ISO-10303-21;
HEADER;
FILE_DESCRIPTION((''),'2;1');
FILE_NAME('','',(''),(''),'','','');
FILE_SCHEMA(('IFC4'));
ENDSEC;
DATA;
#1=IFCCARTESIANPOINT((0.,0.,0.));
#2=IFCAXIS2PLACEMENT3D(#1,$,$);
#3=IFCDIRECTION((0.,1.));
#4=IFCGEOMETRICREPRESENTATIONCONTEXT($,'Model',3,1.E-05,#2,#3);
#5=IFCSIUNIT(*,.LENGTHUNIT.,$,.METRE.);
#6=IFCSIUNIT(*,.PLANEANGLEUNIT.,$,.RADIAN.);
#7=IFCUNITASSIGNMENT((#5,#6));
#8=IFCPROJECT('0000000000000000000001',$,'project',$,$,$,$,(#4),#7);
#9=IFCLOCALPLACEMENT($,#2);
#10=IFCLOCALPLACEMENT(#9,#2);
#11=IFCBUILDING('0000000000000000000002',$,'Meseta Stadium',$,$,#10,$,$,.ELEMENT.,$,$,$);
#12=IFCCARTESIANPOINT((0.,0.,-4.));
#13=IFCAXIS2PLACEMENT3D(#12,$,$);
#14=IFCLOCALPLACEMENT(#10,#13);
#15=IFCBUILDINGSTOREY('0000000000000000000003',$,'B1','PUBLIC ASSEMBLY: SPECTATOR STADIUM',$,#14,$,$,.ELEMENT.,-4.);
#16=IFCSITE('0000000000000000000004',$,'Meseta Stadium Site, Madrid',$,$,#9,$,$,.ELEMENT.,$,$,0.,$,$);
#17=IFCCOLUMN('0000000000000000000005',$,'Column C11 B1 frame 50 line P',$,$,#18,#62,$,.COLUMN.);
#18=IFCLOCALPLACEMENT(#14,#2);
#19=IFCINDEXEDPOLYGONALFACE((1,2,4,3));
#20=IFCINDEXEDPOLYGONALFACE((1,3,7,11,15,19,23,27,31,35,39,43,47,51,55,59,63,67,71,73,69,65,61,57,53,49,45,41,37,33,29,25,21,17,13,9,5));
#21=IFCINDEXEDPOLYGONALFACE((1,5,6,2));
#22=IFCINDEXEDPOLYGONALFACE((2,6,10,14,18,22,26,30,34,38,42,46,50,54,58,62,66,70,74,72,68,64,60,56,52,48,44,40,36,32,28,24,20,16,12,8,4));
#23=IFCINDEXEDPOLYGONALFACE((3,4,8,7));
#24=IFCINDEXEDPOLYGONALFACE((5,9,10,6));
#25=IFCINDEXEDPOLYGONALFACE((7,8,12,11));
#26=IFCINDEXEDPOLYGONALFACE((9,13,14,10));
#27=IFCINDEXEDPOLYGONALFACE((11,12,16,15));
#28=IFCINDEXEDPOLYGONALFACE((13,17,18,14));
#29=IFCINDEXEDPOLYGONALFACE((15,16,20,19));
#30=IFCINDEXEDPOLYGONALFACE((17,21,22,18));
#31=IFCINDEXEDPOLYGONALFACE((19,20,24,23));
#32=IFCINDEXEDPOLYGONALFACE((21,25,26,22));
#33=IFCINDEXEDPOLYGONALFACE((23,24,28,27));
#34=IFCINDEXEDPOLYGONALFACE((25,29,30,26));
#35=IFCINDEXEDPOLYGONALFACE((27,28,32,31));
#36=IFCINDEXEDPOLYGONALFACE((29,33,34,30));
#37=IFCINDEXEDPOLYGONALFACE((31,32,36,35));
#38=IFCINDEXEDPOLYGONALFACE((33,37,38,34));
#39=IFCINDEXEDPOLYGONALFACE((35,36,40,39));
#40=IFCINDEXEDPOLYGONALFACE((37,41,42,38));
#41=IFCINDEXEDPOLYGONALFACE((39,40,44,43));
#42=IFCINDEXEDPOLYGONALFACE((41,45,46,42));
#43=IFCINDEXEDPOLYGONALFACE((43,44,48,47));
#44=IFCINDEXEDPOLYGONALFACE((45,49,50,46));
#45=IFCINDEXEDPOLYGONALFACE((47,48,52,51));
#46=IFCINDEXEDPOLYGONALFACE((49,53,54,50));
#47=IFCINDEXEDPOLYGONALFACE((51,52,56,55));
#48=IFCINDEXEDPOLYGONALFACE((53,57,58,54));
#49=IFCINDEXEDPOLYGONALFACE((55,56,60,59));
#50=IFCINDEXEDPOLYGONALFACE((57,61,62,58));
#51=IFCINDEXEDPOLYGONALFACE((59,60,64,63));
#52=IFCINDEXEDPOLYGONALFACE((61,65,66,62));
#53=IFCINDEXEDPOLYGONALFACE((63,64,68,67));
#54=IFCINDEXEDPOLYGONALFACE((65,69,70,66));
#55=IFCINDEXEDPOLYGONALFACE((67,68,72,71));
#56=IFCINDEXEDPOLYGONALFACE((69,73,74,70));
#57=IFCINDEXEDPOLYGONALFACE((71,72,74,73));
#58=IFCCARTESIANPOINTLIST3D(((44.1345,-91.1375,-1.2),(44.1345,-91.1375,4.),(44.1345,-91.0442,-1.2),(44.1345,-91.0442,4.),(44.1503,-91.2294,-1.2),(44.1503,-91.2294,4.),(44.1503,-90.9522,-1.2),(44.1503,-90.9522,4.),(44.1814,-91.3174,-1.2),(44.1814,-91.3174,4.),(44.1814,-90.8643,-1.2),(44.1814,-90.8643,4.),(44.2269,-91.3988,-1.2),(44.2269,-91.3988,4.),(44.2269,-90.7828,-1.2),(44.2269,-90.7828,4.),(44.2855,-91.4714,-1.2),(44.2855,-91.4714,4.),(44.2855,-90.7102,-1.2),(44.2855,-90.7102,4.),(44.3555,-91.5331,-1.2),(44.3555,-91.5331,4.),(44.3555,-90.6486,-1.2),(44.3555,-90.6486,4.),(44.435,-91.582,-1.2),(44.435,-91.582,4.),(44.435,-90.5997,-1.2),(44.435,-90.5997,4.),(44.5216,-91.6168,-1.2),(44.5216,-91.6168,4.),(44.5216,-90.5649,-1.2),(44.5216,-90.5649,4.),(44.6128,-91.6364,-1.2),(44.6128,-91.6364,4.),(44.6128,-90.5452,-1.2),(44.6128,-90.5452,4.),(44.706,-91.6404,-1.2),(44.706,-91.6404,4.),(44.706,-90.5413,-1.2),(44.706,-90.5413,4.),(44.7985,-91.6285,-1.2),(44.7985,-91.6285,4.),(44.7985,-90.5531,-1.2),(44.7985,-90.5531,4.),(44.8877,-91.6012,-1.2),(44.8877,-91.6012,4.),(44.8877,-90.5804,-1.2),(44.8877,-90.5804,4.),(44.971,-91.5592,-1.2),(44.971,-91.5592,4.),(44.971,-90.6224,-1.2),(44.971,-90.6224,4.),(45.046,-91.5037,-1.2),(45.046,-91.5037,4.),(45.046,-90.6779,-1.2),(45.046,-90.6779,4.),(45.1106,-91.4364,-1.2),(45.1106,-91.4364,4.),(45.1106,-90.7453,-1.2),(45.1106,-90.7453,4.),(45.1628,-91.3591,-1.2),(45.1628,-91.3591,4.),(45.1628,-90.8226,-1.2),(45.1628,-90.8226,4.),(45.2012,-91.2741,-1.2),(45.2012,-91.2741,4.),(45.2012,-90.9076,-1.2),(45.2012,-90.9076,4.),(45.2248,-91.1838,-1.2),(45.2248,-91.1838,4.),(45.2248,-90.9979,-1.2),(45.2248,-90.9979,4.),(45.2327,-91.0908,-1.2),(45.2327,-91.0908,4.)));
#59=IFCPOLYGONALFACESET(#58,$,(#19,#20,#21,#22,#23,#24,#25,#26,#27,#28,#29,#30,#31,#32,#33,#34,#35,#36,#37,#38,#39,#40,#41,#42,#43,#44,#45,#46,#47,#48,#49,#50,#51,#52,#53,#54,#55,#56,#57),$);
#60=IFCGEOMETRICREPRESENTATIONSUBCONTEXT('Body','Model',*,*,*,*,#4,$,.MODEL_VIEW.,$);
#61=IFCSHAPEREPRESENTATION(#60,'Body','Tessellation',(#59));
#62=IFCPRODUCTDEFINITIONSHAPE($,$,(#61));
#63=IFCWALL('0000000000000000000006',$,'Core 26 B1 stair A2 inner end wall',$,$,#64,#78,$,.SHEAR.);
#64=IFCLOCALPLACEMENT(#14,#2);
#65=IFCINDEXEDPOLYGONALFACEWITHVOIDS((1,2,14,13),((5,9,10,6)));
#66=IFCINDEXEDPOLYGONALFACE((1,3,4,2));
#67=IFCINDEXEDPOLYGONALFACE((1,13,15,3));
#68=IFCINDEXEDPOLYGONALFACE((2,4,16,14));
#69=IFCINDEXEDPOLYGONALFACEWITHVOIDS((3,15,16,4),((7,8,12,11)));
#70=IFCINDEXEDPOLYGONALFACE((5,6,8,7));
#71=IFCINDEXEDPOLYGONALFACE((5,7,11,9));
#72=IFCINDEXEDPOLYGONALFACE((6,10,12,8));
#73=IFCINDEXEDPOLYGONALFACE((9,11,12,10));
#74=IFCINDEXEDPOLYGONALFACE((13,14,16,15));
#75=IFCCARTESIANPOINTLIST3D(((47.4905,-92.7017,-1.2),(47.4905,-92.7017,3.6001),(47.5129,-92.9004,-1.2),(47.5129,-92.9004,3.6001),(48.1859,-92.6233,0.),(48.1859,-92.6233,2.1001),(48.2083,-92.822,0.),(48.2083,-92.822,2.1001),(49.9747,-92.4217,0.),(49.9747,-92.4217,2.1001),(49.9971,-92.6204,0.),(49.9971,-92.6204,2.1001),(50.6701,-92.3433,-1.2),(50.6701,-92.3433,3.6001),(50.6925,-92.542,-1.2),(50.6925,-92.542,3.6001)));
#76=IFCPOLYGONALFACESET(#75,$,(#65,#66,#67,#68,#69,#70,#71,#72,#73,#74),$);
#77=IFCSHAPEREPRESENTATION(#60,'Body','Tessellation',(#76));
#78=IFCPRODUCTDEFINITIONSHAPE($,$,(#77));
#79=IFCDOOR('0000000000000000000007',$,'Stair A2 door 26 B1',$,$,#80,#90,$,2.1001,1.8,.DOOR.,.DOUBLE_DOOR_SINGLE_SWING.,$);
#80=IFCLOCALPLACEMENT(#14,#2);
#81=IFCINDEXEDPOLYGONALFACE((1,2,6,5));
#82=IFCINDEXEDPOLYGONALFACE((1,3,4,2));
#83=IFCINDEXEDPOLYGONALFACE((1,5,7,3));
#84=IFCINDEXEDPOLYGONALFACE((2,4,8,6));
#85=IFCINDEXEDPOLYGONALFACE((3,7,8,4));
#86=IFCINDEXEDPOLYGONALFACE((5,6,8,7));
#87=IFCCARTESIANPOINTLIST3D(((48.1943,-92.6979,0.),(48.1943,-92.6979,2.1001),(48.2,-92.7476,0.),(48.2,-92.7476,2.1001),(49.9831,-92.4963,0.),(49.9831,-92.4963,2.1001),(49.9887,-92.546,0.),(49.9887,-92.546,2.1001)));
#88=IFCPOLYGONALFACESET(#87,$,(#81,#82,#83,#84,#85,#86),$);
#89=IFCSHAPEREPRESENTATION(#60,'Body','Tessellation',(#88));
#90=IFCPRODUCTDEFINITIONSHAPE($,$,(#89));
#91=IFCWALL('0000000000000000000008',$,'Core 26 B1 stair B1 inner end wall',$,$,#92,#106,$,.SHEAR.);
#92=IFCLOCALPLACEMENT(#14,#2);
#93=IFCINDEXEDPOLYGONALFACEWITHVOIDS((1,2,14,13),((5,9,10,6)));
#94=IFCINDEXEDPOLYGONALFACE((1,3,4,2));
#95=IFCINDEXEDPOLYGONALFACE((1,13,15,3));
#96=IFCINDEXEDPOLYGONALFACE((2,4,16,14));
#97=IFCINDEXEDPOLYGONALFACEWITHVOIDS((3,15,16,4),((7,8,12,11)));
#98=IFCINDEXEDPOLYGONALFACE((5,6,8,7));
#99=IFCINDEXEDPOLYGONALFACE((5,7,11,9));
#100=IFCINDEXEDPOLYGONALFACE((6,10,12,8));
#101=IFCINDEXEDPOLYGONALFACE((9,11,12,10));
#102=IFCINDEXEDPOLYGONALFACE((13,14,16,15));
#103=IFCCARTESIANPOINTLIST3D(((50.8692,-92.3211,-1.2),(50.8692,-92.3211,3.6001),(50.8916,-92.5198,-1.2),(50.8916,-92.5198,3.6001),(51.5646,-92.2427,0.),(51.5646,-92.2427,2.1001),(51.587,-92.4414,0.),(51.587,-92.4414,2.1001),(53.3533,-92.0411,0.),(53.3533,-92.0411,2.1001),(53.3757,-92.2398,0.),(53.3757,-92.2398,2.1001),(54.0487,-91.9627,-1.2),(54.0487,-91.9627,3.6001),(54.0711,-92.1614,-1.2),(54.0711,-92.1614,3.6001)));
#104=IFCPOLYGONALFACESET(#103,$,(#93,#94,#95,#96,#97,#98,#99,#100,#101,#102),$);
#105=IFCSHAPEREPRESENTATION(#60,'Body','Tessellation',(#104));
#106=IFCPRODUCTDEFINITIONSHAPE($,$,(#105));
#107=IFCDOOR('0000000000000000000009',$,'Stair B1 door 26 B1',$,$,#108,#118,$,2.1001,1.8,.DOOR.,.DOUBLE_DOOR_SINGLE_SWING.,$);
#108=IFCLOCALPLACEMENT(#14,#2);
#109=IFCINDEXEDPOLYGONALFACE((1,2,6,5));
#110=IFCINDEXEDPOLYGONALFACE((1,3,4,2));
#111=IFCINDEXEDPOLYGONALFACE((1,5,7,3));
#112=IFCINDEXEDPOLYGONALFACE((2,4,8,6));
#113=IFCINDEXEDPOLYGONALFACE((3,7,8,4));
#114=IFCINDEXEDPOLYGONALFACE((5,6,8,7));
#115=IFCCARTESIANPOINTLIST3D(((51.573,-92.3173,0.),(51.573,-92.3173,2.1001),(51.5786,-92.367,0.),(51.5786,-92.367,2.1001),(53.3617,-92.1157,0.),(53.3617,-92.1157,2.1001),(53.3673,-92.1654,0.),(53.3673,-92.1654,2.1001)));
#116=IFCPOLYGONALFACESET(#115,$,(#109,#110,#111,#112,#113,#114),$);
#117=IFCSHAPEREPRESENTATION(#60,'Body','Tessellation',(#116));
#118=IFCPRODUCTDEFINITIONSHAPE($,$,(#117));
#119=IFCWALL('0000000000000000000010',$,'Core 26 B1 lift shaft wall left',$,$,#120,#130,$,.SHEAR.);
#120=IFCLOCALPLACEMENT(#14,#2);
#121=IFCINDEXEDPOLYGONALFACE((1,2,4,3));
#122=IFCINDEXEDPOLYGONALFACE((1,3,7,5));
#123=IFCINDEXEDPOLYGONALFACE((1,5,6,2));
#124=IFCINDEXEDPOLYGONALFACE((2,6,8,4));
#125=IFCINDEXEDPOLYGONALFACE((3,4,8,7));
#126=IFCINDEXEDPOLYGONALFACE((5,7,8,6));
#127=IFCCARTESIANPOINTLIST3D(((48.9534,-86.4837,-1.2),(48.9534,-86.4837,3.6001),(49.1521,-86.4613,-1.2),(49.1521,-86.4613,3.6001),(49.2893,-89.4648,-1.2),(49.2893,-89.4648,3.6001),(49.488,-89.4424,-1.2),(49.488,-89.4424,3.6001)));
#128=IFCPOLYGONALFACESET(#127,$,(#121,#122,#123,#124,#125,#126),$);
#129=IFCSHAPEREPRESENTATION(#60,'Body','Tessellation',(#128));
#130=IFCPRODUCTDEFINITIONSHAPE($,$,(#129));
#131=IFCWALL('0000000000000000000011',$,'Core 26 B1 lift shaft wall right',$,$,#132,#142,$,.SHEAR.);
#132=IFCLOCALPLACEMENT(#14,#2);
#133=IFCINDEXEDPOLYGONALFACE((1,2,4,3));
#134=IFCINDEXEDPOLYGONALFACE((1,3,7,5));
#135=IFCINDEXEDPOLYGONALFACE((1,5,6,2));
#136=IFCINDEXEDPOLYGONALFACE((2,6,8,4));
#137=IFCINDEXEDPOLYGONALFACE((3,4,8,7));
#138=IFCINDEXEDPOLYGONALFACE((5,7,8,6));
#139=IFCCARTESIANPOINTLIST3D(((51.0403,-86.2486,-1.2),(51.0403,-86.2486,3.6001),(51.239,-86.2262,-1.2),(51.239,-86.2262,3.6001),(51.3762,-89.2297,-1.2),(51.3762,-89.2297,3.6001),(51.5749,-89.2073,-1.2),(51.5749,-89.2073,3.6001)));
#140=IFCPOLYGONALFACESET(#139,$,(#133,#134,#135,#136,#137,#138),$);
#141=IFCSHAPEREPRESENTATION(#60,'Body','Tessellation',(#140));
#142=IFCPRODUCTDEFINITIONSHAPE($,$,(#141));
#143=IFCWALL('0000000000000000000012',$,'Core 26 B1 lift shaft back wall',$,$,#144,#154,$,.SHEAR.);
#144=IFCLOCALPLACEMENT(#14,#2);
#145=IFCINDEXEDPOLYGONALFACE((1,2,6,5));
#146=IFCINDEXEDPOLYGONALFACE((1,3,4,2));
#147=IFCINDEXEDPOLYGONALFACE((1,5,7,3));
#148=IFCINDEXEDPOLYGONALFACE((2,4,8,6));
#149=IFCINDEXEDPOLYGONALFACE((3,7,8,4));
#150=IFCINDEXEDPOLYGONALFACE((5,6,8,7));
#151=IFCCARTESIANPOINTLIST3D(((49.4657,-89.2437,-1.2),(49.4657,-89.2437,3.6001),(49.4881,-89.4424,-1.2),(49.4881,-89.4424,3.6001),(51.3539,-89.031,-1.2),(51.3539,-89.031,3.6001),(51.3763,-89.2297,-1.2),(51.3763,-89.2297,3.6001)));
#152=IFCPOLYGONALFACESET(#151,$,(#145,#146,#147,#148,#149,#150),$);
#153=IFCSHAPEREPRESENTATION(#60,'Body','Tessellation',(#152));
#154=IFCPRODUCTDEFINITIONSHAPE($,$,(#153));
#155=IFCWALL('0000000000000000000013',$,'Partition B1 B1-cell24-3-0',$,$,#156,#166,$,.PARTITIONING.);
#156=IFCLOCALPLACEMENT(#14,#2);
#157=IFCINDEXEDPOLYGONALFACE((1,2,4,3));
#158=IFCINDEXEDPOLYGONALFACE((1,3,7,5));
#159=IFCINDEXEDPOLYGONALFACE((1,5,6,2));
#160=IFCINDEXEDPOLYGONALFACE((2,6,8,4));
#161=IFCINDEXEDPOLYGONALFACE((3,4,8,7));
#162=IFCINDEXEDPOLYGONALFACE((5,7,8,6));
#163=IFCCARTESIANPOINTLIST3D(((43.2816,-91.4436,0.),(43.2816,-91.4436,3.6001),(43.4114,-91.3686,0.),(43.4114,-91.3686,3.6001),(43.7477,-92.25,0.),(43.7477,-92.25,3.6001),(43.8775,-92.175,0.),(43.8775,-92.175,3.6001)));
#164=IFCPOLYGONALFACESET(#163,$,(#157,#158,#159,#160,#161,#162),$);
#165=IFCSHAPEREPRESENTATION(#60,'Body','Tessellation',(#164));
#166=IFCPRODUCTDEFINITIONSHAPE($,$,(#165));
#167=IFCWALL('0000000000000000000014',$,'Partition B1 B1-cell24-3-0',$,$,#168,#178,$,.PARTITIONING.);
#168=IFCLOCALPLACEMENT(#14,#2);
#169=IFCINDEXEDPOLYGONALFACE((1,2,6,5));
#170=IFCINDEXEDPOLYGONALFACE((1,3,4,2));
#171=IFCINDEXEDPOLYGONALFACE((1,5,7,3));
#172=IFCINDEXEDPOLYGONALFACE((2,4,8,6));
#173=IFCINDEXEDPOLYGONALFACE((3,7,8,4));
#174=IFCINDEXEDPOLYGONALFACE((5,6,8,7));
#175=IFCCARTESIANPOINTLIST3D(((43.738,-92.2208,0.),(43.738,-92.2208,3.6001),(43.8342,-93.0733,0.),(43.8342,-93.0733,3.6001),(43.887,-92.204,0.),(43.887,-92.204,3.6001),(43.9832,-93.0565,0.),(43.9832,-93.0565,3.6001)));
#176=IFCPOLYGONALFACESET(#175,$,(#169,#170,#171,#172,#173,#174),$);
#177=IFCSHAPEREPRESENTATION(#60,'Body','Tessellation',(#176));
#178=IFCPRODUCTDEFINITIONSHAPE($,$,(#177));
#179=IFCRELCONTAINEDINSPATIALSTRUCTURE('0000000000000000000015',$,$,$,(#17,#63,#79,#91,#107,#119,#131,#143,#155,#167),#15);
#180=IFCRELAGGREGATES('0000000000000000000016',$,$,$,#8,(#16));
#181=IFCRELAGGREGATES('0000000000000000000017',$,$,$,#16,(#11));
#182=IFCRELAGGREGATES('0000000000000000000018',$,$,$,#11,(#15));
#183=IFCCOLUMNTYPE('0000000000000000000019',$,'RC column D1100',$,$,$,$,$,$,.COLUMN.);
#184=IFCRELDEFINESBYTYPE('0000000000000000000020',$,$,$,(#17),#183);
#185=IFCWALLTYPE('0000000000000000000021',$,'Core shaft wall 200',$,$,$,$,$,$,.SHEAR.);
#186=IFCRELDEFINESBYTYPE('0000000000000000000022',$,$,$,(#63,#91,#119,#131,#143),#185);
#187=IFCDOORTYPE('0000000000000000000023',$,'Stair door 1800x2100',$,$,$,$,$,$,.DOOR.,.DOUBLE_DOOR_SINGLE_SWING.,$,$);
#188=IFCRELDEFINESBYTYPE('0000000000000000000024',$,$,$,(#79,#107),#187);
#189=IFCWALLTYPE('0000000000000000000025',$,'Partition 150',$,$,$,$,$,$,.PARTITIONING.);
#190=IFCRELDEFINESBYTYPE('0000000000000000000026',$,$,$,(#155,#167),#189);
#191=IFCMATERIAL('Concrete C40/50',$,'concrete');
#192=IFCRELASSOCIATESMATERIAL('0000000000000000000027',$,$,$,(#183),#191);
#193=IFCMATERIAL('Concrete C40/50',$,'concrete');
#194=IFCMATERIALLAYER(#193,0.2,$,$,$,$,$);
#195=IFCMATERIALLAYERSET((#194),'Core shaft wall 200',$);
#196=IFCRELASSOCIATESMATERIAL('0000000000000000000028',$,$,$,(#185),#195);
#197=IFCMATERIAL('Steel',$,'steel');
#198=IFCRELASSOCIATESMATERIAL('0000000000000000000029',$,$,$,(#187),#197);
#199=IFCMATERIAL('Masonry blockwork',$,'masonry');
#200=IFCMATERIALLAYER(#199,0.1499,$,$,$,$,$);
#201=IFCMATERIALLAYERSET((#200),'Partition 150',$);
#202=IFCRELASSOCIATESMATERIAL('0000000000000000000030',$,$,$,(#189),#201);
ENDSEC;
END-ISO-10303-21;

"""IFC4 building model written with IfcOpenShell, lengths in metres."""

from ifc_helpers import new_model, si_unit, direction, frame, frame_2d, origin, origin_2d, place, context, subcontext, project, spatial, rectangle, circle, extrude, material, layer, layer_set, material_profile, profile_set, type_object, element, fill, save


model = new_model("IFC4")

# Units and contexts
model_context = context("Model", 3, precision=1e-05, world=origin(), true_north=direction((0.0, 1.0)))
body_context = subcontext(model_context, "Body", "Model", "MODEL_VIEW")
ifc_project = project(units=[si_unit("LENGTHUNIT", "METRE"), si_unit("PLANEANGLEUNIT", "RADIAN")], contexts=[model_context])

# Site, building, storey
site_placement = place(None, origin())
site = spatial("IfcSite", under=ifc_project, at=site_placement, Name="Meseta Stadium Site, Madrid", CompositionType="ELEMENT", RefElevation=0.0)
building_placement = place(site_placement, origin())
building = spatial("IfcBuilding", under=site, at=building_placement, Name="Meseta Stadium", CompositionType="ELEMENT")
storey_placement = place(building_placement, frame((0.0, 0.0, -4.0)))
storey = spatial("IfcBuildingStorey", under=building, at=storey_placement, Name="B1", Description="PUBLIC ASSEMBLY: SPECTATOR STADIUM", CompositionType="ELEMENT", Elevation=-4.0)

# Column
ifc_material_1 = material(Name="Concrete C40/50", Category="concrete")
ifc_material_profile = material_profile(ifc_material_1, circle(Radius=0.55, at=origin_2d()), Name="RC D1100")
ifc_profile_set = profile_set([ifc_material_profile], Name="Concrete C40/50")
column_type = type_object("IfcColumnType", Name="RC column D1100", PredefinedType="COLUMN", material=ifc_profile_set)
column_placement = place(storey_placement, frame((44.6826, -91.0908, -1.2), z_axis=(0.0, 0.0, 1.0), x_axis=(1.0, 0.0, 0.0)))
element("IfcColumn", 1, at=column_placement, inside=storey, type_object=column_type, Name="Column C11 B1 frame 50 line P", PredefinedType="COLUMN", context=body_context, shape_type="SweptSolid", body=[
    extrude(circle(Radius=0.55, at=origin_2d()), origin(), (0.0, 0.0, 1.0), 5.2),
])

# Walls, openings, doors
ifc_material_2 = material(Name="Concrete C40/50", Category="concrete")
ifc_layer_1 = layer(ifc_material_2, 0.2)
ifc_layer_set_1 = layer_set([ifc_layer_1], Name="Core shaft wall 200")
wall_type_1 = type_object("IfcWallType", Name="Core shaft wall 200", PredefinedType="SHEAR", material=ifc_layer_set_1)
wall_1_placement = place(storey_placement, frame((47.5017, -92.801, -1.2), z_axis=(0.0, 0.0, 1.0), x_axis=(0.993708, 0.112006, 0.0)))
wall_1 = element("IfcWall", 2, at=wall_1_placement, inside=storey, type_object=wall_type_1, Name="Core 26 B1 stair A2 inner end wall", PredefinedType="SHEAR", context=body_context, shape_type="SweptSolid", body=[
    extrude(rectangle(XDim=3.1997, YDim=0.2, at=frame_2d((1.5999, 0.0))), origin(), (0.0, 0.0, 1.0), 4.8),
])
opening_1_placement = place(wall_1_placement, frame((0.7, 0.0, 1.2)))
opening_1 = element("IfcOpeningElement", 3, at=opening_1_placement, cuts=wall_1, PredefinedType="OPENING", context=body_context, shape_type="SweptSolid", body=[
    extrude(rectangle(XDim=1.8, YDim=2.1001, at=frame_2d((0.8999, 1.05))), frame((0.0, 0.1099, 0.0), z_axis=(0.0, -1.0, 0.0), x_axis=(1.0, 0.0, 0.0)), (0.0, 0.0, 1.0), 0.22),
])
ifc_material_3 = material(Name="Steel", Category="steel")
door_type = type_object("IfcDoorType", Name="Stair door 1800x2100", OperationType="DOUBLE_DOOR_SINGLE_SWING", PredefinedType="DOOR", material=ifc_material_3)
door_1_placement = place(opening_1_placement, origin())
door_1 = element("IfcDoor", 4, at=door_1_placement, inside=storey, type_object=door_type, Name="Stair A2 door 26 B1", OperationType="DOUBLE_DOOR_SINGLE_SWING", OverallHeight=2.1001, OverallWidth=1.8, PredefinedType="DOOR", context=body_context, shape_type="SweptSolid", body=[
    extrude(rectangle(XDim=1.8, YDim=2.1001, at=frame_2d((0.8999, 1.05))), frame((0.0, 0.0249, 0.0), z_axis=(0.0, -1.0, 0.0), x_axis=(1.0, 0.0, 0.0)), (0.0, 0.0, 1.0), 0.05),
])
fill(opening_1, door_1)
wall_2_placement = place(storey_placement, frame((50.8804, -92.4204, -1.2), z_axis=(0.0, 0.0, 1.0), x_axis=(0.993708, 0.112006, 0.0)))
wall_2 = element("IfcWall", 5, at=wall_2_placement, inside=storey, type_object=wall_type_1, Name="Core 26 B1 stair B1 inner end wall", PredefinedType="SHEAR", context=body_context, shape_type="SweptSolid", body=[
    extrude(rectangle(XDim=3.1997, YDim=0.2, at=frame_2d((1.5999, 0.0))), origin(), (0.0, 0.0, 1.0), 4.8),
])
opening_2_placement = place(wall_2_placement, frame((0.7, 0.0, 1.2)))
opening_2 = element("IfcOpeningElement", 6, at=opening_2_placement, cuts=wall_2, PredefinedType="OPENING", context=body_context, shape_type="SweptSolid", body=[
    extrude(rectangle(XDim=1.8, YDim=2.1001, at=frame_2d((0.8999, 1.05))), frame((0.0, 0.1099, 0.0), z_axis=(0.0, -1.0, 0.0), x_axis=(1.0, 0.0, 0.0)), (0.0, 0.0, 1.0), 0.22),
])
door_2_placement = place(opening_2_placement, origin())
door_2 = element("IfcDoor", 7, at=door_2_placement, inside=storey, type_object=door_type, Name="Stair B1 door 26 B1", OperationType="DOUBLE_DOOR_SINGLE_SWING", OverallHeight=2.1001, OverallWidth=1.8, PredefinedType="DOOR", context=body_context, shape_type="SweptSolid", body=[
    extrude(rectangle(XDim=1.8, YDim=2.1001, at=frame_2d((0.8999, 1.05))), frame((0.0, 0.0249, 0.0), z_axis=(0.0, -1.0, 0.0), x_axis=(1.0, 0.0, 0.0)), (0.0, 0.0, 1.0), 0.05),
])
fill(opening_2, door_2)

# Walls
for number, where, z_axis, x_axis, name in (
    (8, (49.3887, -89.4536, -1.2), (0.0, 0.0, 1.0), (-0.111977, 0.993711, 0.0), "Core 26 B1 lift shaft wall left"),
    (9, (51.4756, -89.2185, -1.2), (0.0, 0.0, 1.0), (-0.111977, 0.993711, 0.0), "Core 26 B1 lift shaft wall right"),
):
    element("IfcWall", number, at=place(storey_placement, frame(where, z_axis=z_axis, x_axis=x_axis)), inside=storey, type_object=wall_type_1, Name=name, PredefinedType="SHEAR", context=body_context, shape_type="SweptSolid", body=[
        extrude(rectangle(XDim=3.0, YDim=0.2, at=frame_2d((1.5, 0.0))), origin(), (0.0, 0.0, 1.0), 4.8),
    ])
wall_3_placement = place(storey_placement, frame((49.4768, -89.343, -1.2), z_axis=(0.0, 0.0, 1.0), x_axis=(0.993718, 0.111912, 0.0)))
element("IfcWall", 10, at=wall_3_placement, inside=storey, type_object=wall_type_1, Name="Core 26 B1 lift shaft back wall", PredefinedType="SHEAR", context=body_context, shape_type="SweptSolid", body=[
    extrude(rectangle(XDim=1.9001, YDim=0.2, at=frame_2d((0.9502, 0.0))), origin(), (0.0, 0.0, 1.0), 4.8),
])
ifc_material_4 = material(Name="Masonry blockwork", Category="masonry")
ifc_layer_2 = layer(ifc_material_4, 0.1499)
ifc_layer_set_2 = layer_set([ifc_layer_2], Name="Partition 150")
wall_type_2 = type_object("IfcWallType", Name="Partition 150", PredefinedType="PARTITIONING", material=ifc_layer_set_2)
wall_4_placement = place(storey_placement, frame((43.3464, -91.406, 0.0), z_axis=(0.0, 0.0, 1.0), x_axis=(0.500396, -0.865797, 0.0)))
element("IfcWall", 11, at=wall_4_placement, inside=storey, type_object=wall_type_2, Name="Partition B1 B1-cell24-3-0", PredefinedType="PARTITIONING", context=body_context, shape_type="SweptSolid", body=[
    extrude(rectangle(XDim=0.9314, YDim=0.1499, at=frame_2d((0.4658, 0.0))), origin(), (0.0, 0.0, 1.0), 3.6001),
])
wall_5_placement = place(storey_placement, frame((43.8125, -92.2124, 0.0), z_axis=(0.0, 0.0, 1.0), x_axis=(0.112118, -0.993695, 0.0)))
element("IfcWall", 12, at=wall_5_placement, inside=storey, type_object=wall_type_2, Name="Partition B1 B1-cell24-3-0", PredefinedType="PARTITIONING", context=body_context, shape_type="SweptSolid", body=[
    extrude(rectangle(XDim=0.8579, YDim=0.1499, at=frame_2d((0.429, 0.0))), origin(), (0.0, 0.0, 1.0), 3.6001),
])

save(model, "model.ifc")
